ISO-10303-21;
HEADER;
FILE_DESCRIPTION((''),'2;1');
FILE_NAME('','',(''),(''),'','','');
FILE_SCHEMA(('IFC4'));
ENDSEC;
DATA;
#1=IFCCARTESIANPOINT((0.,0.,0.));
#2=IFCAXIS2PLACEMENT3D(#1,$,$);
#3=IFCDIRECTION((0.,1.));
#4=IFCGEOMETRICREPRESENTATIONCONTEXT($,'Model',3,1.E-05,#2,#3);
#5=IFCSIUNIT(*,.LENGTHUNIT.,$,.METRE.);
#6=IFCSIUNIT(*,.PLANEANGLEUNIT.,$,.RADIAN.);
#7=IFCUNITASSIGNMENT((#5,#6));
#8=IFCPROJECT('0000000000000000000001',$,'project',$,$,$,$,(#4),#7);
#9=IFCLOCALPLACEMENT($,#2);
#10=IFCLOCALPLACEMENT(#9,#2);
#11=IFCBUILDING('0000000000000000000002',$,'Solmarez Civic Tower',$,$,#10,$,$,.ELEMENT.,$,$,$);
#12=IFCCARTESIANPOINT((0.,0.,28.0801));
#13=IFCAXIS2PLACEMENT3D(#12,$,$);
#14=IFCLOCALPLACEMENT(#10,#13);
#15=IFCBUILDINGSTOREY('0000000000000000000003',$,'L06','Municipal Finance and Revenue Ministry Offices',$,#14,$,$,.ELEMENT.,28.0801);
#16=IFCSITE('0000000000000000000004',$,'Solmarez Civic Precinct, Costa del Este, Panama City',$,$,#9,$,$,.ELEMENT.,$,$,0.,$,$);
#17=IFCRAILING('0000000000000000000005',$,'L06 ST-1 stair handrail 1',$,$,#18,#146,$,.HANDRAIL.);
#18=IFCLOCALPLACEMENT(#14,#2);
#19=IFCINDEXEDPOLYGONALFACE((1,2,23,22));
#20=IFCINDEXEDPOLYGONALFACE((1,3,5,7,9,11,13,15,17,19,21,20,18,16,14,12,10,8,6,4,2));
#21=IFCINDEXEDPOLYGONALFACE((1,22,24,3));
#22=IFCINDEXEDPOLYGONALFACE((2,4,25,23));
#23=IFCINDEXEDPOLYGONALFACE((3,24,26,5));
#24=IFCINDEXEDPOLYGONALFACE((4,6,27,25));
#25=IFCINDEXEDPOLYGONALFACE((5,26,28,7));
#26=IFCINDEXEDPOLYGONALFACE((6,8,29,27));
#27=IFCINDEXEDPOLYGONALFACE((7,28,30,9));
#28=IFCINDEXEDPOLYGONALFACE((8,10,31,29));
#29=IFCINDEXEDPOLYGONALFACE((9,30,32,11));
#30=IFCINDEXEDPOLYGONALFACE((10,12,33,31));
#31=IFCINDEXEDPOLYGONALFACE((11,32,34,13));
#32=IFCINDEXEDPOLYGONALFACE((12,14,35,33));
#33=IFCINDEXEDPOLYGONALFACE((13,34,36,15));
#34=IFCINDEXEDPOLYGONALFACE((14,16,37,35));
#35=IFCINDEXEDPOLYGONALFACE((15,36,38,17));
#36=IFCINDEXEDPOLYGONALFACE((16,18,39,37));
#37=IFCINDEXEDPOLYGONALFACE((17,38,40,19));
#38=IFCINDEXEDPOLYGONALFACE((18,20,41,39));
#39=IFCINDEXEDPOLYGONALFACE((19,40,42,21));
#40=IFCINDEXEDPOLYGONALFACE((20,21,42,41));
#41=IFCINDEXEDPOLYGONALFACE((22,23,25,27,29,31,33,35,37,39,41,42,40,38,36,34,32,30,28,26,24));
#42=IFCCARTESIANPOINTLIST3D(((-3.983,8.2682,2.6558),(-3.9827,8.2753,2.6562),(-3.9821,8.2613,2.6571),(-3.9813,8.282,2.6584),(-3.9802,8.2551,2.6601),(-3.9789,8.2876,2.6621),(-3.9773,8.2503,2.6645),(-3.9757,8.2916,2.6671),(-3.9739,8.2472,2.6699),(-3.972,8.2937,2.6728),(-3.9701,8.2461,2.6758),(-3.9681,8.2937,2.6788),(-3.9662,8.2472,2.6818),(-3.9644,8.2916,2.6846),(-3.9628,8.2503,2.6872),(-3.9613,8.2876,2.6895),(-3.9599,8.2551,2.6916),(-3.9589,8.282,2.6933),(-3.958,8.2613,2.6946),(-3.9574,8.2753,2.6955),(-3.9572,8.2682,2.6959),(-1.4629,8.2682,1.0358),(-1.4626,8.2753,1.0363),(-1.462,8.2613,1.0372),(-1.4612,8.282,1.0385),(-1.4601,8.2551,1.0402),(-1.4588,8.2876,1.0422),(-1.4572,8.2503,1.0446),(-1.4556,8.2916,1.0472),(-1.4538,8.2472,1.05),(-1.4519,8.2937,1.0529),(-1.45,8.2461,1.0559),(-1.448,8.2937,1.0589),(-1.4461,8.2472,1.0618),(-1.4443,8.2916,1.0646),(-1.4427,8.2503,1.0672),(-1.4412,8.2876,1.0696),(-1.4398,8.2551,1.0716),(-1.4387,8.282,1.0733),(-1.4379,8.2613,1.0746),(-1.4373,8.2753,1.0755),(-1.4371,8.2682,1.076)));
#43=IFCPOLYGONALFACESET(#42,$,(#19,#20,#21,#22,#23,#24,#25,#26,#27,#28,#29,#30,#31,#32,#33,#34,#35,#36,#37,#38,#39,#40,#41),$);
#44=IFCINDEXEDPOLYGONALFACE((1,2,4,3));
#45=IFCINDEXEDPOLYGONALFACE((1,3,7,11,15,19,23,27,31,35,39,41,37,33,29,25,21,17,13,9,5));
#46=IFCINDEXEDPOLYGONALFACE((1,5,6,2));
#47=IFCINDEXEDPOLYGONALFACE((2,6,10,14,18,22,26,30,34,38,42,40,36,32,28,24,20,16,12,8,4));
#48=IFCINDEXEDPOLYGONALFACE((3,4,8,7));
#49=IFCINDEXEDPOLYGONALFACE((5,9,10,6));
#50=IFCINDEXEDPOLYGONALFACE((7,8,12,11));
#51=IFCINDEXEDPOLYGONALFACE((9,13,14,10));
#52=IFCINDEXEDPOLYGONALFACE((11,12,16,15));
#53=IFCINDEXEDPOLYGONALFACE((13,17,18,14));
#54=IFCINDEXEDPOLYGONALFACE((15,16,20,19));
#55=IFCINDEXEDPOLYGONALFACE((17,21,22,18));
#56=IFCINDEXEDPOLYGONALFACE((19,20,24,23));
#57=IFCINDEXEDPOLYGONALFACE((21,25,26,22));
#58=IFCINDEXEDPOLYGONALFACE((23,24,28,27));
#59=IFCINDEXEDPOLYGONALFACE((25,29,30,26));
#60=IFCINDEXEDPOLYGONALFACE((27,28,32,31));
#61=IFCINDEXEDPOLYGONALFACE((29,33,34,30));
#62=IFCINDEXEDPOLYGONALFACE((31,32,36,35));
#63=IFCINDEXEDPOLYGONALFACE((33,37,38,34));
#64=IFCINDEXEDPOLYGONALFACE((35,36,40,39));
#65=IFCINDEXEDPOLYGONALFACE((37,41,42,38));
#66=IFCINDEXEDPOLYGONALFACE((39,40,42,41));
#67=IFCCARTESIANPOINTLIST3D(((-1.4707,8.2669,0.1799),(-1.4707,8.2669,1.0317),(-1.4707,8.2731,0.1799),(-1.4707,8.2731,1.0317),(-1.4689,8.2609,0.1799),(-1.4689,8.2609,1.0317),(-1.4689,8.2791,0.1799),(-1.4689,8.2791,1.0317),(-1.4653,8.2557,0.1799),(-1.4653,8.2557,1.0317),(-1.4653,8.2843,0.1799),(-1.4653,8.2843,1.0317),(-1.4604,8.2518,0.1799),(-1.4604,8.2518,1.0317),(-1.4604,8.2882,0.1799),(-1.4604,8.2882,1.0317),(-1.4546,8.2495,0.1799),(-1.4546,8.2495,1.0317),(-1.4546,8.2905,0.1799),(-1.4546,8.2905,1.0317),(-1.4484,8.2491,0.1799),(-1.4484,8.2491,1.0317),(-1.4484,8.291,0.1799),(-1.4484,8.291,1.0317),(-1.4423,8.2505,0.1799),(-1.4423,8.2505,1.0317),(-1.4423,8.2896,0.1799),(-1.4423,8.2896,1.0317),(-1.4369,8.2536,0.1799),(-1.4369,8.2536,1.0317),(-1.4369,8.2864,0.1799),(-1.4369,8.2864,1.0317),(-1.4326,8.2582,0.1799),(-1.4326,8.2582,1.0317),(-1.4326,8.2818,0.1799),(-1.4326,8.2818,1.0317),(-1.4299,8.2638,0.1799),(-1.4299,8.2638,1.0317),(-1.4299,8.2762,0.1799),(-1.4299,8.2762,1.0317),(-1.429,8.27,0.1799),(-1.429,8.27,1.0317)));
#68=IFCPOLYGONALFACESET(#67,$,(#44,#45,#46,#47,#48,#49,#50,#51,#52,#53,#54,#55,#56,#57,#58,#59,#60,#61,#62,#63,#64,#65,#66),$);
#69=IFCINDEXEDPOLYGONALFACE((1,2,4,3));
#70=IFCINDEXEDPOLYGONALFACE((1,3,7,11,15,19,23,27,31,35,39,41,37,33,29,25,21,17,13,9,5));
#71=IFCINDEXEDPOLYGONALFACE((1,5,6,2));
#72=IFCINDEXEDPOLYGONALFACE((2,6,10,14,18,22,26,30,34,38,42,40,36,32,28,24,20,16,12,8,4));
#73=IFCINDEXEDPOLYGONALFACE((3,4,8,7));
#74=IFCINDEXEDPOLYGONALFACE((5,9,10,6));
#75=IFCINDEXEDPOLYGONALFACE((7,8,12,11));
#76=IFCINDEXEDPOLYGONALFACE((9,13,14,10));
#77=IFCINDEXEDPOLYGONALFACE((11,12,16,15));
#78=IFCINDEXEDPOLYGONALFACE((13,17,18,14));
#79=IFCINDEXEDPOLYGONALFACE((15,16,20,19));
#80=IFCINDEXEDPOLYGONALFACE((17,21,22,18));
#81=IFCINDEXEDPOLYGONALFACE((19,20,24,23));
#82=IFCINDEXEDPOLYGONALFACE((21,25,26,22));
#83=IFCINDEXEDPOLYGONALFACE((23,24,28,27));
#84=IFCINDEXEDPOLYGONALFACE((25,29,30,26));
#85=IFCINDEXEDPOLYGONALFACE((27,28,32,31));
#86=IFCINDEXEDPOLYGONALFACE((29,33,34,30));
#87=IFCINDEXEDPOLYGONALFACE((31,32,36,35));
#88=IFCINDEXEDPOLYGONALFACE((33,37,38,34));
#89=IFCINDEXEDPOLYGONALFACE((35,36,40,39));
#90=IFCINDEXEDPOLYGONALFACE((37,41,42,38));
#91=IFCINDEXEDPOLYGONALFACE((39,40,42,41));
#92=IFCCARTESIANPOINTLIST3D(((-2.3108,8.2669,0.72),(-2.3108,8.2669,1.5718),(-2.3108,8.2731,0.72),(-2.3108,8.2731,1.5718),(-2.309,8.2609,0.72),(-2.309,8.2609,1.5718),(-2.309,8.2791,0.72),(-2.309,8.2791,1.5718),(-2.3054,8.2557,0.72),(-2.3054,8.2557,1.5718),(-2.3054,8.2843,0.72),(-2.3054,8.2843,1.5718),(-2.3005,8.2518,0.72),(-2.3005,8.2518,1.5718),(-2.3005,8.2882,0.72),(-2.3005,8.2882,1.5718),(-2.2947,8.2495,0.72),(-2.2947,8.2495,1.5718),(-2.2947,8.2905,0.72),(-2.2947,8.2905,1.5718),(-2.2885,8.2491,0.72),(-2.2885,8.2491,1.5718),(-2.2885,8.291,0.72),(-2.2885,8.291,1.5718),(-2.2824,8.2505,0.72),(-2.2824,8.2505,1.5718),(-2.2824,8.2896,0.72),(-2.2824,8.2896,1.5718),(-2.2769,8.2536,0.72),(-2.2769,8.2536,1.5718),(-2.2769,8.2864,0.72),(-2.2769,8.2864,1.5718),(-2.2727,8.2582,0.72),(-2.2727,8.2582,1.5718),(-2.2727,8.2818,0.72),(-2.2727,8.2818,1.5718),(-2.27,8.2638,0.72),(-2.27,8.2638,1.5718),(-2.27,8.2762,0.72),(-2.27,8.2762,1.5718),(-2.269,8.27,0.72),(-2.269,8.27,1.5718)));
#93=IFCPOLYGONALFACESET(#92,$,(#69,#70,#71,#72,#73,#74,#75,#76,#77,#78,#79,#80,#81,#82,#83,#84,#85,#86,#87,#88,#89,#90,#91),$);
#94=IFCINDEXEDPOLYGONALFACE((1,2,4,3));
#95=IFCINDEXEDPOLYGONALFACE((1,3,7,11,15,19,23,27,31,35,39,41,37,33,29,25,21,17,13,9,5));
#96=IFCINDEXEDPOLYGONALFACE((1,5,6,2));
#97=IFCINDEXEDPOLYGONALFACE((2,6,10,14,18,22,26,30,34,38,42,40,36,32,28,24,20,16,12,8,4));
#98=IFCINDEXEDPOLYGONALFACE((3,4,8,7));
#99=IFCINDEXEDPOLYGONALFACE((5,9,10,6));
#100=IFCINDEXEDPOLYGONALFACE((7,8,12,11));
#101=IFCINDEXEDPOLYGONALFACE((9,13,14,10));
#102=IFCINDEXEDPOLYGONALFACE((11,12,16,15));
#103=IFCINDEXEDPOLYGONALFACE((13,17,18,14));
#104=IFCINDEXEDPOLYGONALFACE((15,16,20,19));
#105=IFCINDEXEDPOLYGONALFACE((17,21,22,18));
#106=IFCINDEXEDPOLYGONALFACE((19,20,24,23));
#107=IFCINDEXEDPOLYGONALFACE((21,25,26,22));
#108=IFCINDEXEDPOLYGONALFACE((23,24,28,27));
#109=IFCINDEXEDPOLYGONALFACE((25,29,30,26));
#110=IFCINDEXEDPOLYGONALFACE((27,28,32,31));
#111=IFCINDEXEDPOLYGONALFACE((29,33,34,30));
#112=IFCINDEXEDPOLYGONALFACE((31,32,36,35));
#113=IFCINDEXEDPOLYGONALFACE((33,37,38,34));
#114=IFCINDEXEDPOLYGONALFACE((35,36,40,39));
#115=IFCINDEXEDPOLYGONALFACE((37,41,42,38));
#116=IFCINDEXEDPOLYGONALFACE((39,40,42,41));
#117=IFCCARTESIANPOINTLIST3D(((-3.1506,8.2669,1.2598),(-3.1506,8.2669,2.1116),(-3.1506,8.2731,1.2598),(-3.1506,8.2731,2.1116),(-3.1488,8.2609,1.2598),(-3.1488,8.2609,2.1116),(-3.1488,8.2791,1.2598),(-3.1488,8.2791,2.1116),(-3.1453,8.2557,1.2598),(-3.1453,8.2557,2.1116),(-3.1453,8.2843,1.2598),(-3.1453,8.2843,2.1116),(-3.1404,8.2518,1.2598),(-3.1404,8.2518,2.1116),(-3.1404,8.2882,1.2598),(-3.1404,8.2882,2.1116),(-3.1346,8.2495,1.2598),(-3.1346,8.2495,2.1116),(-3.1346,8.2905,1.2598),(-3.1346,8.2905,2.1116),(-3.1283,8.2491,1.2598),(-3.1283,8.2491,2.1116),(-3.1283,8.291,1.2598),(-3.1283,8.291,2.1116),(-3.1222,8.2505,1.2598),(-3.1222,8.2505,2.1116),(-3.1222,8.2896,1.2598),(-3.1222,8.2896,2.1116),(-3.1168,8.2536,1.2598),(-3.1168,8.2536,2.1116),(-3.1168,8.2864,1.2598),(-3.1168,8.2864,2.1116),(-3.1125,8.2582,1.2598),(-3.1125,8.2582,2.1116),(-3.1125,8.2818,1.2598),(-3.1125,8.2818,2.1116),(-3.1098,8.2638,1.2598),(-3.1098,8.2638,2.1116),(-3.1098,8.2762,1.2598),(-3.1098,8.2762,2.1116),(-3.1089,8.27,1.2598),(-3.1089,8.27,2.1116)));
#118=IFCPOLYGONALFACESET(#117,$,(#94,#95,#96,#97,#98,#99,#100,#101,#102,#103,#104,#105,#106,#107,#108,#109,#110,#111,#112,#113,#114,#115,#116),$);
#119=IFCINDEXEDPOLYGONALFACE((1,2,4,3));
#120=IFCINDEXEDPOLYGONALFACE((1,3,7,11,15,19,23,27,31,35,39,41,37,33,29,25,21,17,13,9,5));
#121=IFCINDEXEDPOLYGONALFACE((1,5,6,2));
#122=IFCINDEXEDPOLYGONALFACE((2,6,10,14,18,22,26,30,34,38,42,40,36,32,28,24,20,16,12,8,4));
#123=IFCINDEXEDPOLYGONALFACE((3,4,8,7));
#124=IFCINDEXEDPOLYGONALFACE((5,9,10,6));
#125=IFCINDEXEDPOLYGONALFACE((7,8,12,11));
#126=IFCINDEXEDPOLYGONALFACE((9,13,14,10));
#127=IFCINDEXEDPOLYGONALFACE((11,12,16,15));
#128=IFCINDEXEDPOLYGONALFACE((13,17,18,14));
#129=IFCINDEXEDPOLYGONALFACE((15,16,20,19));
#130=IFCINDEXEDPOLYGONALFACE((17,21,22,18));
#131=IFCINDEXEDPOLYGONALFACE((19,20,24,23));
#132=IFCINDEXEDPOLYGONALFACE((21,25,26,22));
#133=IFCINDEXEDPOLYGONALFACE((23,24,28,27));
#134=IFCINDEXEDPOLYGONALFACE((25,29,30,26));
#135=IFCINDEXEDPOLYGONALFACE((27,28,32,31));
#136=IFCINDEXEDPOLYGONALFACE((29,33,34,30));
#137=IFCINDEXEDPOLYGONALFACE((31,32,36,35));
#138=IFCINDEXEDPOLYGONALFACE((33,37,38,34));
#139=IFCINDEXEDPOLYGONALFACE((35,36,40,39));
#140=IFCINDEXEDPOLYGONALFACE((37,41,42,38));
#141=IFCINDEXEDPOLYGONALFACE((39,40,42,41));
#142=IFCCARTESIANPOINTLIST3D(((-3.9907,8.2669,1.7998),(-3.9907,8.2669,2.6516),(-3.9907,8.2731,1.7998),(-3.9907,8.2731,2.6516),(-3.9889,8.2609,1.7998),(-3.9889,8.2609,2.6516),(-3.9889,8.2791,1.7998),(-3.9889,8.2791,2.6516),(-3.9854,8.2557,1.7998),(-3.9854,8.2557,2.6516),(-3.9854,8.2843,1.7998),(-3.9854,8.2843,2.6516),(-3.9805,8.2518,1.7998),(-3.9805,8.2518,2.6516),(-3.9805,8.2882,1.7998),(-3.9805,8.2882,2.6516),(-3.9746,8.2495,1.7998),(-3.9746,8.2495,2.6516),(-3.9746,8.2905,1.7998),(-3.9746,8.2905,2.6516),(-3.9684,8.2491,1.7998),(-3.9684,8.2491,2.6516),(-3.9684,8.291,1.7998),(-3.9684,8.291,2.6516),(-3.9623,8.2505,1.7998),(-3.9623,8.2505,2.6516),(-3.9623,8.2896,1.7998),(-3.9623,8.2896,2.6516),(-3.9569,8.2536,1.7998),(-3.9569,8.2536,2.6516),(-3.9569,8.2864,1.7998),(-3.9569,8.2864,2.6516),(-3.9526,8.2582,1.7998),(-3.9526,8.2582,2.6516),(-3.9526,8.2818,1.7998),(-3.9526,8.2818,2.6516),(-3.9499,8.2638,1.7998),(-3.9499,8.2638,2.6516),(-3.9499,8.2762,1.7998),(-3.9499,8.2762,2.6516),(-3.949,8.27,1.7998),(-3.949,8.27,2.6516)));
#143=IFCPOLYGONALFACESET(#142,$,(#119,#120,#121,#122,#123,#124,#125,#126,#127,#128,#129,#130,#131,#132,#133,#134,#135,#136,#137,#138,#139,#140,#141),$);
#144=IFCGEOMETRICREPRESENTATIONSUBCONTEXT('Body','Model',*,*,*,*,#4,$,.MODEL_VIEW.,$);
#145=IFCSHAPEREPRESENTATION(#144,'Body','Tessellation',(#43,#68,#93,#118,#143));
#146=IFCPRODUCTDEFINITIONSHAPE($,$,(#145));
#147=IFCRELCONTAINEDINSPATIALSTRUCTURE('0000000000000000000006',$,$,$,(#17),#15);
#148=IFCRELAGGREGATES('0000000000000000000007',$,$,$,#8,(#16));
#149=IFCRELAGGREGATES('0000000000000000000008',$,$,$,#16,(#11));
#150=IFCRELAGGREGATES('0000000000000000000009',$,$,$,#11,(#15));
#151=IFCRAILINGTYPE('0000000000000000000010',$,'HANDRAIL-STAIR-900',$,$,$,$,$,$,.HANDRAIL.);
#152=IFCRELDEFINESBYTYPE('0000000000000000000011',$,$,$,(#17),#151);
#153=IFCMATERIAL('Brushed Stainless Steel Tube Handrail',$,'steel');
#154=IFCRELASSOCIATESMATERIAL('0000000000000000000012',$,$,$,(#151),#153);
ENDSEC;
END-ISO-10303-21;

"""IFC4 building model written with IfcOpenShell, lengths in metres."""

from ifc_helpers import new_model, si_unit, direction, frame, origin, origin_2d, place, context, subcontext, project, spatial, circle, extrude, material, type_object, element, save


model = new_model("IFC4")

# Units and contexts
model_context = context("Model", 3, precision=1e-05, world=origin(), true_north=direction((0.0, 1.0)))
body_context = subcontext(model_context, "Body", "Model", "MODEL_VIEW")
ifc_project = project(units=[si_unit("LENGTHUNIT", "METRE"), si_unit("PLANEANGLEUNIT", "RADIAN")], contexts=[model_context])

# Site, building, storey
site_placement = place(None, origin())
site = spatial("IfcSite", under=ifc_project, at=site_placement, Name="Solmarez Civic Precinct, Costa del Este, Panama City", CompositionType="ELEMENT", RefElevation=0.0)
building_placement = place(site_placement, origin())
building = spatial("IfcBuilding", under=site, at=building_placement, Name="Solmarez Civic Tower", CompositionType="ELEMENT")
storey_placement = place(building_placement, frame((0.0, 0.0, 28.0801)))
storey = spatial("IfcBuildingStorey", under=building, at=storey_placement, Name="L06", Description="Municipal Finance and Revenue Ministry Offices", CompositionType="ELEMENT", Elevation=28.0801)

# Railing
ifc_material_1 = material(Name="Brushed Stainless Steel Tube Handrail", Category="steel")
railing_type_1 = type_object("IfcRailingType", Name="HANDRAIL-STAIR-900", PredefinedType="HANDRAIL", material=ifc_material_1)
railing_1_placement = place(storey_placement, frame((-1.45, 8.27, 0.1799)))
element("IfcRailing", 1, at=railing_1_placement, inside=storey, type_object=railing_type_1, Name="L06 ST-1 stair handrail 1", PredefinedType="HANDRAIL", context=body_context, shape_type="SweptSolid", body=[
    extrude(circle(Radius=0.0239, at=origin_2d()), frame((0.0, 0.0, 0.876), z_axis=(-0.8412, 0.0, 0.540725), x_axis=(0.0, -1.0, 0.0)), (0.0, 0.0, 1.0), 2.9958),
    extrude(circle(Radius=0.021, at=origin_2d()), origin(), (0.0, 0.0, 1.0), 0.8518),
    extrude(circle(Radius=0.021, at=origin_2d()), frame((-0.8401, 0.0, 0.54)), (0.0, 0.0, 1.0), 0.8518),
    extrude(circle(Radius=0.021, at=origin_2d()), frame((-1.6799, 0.0, 1.0798)), (0.0, 0.0, 1.0), 0.8518),
    extrude(circle(Radius=0.021, at=origin_2d()), frame((-2.52, 0.0, 1.6199)), (0.0, 0.0, 1.0), 0.8518),
])

save(model, "model.ifc")
